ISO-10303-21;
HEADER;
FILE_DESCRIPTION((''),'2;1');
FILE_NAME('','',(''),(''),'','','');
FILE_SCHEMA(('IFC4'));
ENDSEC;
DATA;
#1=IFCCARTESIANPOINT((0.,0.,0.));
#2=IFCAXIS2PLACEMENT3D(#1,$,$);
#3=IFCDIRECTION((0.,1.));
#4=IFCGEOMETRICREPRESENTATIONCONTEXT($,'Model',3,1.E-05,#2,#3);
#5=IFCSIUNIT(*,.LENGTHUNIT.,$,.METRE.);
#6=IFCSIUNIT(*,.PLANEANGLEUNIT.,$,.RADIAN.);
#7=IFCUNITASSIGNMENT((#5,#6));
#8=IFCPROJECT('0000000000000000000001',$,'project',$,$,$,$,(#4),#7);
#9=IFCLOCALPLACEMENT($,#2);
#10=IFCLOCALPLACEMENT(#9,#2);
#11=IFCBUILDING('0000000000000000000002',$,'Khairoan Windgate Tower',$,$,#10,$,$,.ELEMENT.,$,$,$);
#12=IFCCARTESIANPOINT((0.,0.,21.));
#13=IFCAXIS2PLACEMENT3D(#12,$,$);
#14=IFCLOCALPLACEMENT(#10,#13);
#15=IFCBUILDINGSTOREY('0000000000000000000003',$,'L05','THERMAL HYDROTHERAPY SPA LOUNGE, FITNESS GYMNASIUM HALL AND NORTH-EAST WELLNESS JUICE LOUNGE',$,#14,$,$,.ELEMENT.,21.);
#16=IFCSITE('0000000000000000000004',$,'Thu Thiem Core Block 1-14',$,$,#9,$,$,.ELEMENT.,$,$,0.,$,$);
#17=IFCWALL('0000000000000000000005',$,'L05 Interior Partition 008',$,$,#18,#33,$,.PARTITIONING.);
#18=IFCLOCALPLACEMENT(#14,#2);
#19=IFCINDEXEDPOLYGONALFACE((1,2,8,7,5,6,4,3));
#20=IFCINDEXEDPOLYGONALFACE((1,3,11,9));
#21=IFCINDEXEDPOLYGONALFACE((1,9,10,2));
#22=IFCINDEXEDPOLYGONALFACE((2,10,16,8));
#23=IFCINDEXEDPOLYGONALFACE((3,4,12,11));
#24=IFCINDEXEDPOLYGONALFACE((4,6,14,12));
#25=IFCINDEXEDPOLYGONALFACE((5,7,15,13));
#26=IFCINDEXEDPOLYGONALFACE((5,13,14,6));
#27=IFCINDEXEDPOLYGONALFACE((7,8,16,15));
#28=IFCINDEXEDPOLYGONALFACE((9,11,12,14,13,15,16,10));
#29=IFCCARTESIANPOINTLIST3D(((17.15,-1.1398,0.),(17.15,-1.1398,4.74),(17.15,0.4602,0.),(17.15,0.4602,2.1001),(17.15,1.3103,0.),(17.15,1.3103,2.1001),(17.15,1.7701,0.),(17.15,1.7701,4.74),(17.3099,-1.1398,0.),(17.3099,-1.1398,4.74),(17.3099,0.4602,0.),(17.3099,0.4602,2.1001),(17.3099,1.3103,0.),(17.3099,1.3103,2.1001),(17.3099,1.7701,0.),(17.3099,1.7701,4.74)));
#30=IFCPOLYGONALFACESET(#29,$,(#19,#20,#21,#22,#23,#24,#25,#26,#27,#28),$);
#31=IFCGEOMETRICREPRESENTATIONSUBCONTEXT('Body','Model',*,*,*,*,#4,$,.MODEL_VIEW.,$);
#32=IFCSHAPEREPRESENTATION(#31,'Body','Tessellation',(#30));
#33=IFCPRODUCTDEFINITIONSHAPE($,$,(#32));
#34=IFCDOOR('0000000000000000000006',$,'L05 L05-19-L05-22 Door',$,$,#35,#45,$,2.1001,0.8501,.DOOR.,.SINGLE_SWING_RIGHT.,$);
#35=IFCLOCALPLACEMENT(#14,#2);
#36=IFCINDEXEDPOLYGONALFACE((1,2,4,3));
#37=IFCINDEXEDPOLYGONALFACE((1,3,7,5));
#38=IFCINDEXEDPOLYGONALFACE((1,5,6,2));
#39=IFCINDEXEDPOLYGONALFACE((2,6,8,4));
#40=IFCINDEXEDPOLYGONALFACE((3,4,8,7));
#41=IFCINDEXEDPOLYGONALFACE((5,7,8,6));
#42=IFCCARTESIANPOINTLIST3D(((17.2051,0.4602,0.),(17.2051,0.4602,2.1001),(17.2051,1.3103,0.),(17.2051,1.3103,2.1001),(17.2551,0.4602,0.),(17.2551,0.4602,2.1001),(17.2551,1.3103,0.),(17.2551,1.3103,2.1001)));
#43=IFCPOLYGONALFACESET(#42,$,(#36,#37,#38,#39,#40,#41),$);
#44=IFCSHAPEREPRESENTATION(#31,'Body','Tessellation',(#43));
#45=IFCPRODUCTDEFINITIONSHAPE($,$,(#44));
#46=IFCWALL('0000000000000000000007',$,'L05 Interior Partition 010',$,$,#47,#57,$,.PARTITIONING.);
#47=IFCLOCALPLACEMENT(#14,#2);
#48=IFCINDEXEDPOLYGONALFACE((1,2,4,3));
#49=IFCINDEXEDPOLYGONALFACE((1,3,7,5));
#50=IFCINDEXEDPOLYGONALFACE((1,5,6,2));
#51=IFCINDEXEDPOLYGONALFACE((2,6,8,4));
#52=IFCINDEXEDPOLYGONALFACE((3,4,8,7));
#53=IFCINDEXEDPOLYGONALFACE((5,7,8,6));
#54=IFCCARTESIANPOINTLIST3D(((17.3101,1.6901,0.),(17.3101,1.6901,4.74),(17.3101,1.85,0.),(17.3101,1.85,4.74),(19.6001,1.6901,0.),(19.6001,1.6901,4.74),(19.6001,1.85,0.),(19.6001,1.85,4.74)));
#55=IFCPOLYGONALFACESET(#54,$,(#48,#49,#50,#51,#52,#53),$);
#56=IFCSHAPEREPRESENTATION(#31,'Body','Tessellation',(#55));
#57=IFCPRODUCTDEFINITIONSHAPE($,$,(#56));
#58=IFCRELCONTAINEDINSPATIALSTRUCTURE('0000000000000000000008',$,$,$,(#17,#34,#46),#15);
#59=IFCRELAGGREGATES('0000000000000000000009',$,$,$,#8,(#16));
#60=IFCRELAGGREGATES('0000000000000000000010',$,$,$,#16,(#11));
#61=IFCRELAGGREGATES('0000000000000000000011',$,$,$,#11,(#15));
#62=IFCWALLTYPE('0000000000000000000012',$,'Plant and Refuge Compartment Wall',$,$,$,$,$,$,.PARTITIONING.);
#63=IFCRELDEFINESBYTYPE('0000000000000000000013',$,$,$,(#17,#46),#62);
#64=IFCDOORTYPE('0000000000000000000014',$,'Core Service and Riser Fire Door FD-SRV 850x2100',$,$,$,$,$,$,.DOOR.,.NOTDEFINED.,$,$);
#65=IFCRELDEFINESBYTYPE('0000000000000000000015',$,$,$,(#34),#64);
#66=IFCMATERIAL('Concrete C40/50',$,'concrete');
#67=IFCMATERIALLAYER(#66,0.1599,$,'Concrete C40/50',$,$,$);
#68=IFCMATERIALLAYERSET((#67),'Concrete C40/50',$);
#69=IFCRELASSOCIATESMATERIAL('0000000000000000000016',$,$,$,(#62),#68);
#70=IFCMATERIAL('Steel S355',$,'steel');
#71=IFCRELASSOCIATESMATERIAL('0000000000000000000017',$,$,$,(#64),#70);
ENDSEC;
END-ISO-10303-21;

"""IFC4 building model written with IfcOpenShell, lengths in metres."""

from ifc_helpers import new_model, si_unit, direction, frame, frame_2d, origin, place, context, subcontext, project, spatial, rectangle, extrude, material, layer, layer_set, type_object, element, fill, save


model = new_model("IFC4")

# Units and contexts
model_context = context("Model", 3, precision=1e-05, world=origin(), true_north=direction((0.0, 1.0)))
body_context = subcontext(model_context, "Body", "Model", "MODEL_VIEW")
ifc_project = project(units=[si_unit("LENGTHUNIT", "METRE"), si_unit("PLANEANGLEUNIT", "RADIAN")], contexts=[model_context])

# Site, building, storey
site_placement = place(None, origin())
site = spatial("IfcSite", under=ifc_project, at=site_placement, Name="Thu Thiem Core Block 1-14", CompositionType="ELEMENT", RefElevation=0.0)
building_placement = place(site_placement, origin())
building = spatial("IfcBuilding", under=site, at=building_placement, Name="Khairoan Windgate Tower", CompositionType="ELEMENT")
storey_placement = place(building_placement, frame((0.0, 0.0, 21.0)))
storey = spatial("IfcBuildingStorey", under=building, at=storey_placement, Name="L05", Description="THERMAL HYDROTHERAPY SPA LOUNGE, FITNESS GYMNASIUM HALL AND NORTH-EAST WELLNESS JUICE LOUNGE", CompositionType="ELEMENT", Elevation=21.0)

# Wall, opening, door
ifc_material_1 = material(Name="Concrete C40/50", Category="concrete")
ifc_layer_1 = layer(ifc_material_1, 0.1599, Name="Concrete C40/50")
ifc_layer_set_1 = layer_set([ifc_layer_1], Name="Concrete C40/50")
wall_type_1 = type_object("IfcWallType", Name="Plant and Refuge Compartment Wall", PredefinedType="PARTITIONING", material=ifc_layer_set_1)
ifc_material_2 = material(Name="Steel S355", Category="steel")
door_type = type_object("IfcDoorType", Name="Core Service and Riser Fire Door FD-SRV 850x2100", OperationType="NOTDEFINED", PredefinedType="DOOR", material=ifc_material_2)
wall_1_placement = place(storey_placement, frame((17.23, -1.1399, 0.0), z_axis=(0.0, 0.0, 1.0), x_axis=(0.0, 1.0, 0.0)))
wall_1 = element("IfcWall", 1, at=wall_1_placement, inside=storey, type_object=wall_type_1, Name="L05 Interior Partition 008", PredefinedType="PARTITIONING", context=body_context, shape_type="SweptSolid", body=[
    extrude(rectangle(XDim=2.9099, YDim=0.1599, at=frame_2d((1.4551, 0.0))), origin(), (0.0, 0.0, 1.0), 4.74),
])
opening_1_placement = place(wall_1_placement, frame((1.6001, 0.0, 0.0)))
opening_1 = element("IfcOpeningElement", 2, at=opening_1_placement, cuts=wall_1, PredefinedType="OPENING", context=body_context, shape_type="SweptSolid", body=[
    extrude(rectangle(XDim=0.8501, YDim=2.1001, at=frame_2d((0.425, 1.05))), frame((0.0, 0.0898, 0.0), z_axis=(0.0, -1.0, 0.0), x_axis=(1.0, 0.0, 0.0)), (0.0, 0.0, 1.0), 0.1799),
])
door_1_placement = place(opening_1_placement, origin())
door_1 = element("IfcDoor", 3, at=door_1_placement, inside=storey, type_object=door_type, Name="L05 L05-19-L05-22 Door", OperationType="SINGLE_SWING_RIGHT", OverallHeight=2.1001, OverallWidth=0.8501, PredefinedType="DOOR", context=body_context, shape_type="SweptSolid", body=[
    extrude(rectangle(XDim=0.8501, YDim=2.1001, at=frame_2d((0.425, 1.05))), frame((0.0, 0.0249, 0.0), z_axis=(0.0, -1.0, 0.0), x_axis=(1.0, 0.0, 0.0)), (0.0, 0.0, 1.0), 0.05),
])
fill(opening_1, door_1)

# Wall
wall_2_placement = place(storey_placement, frame((17.3101, 1.77, 0.0), z_axis=(0.0, 0.0, 1.0), x_axis=(1.0, 0.0, 0.0)))
element("IfcWall", 4, at=wall_2_placement, inside=storey, type_object=wall_type_1, Name="L05 Interior Partition 010", PredefinedType="PARTITIONING", context=body_context, shape_type="SweptSolid", body=[
    extrude(rectangle(XDim=2.29, YDim=0.1599, at=frame_2d((1.145, 0.0))), origin(), (0.0, 0.0, 1.0), 4.74),
])

save(model, "model.ifc")
